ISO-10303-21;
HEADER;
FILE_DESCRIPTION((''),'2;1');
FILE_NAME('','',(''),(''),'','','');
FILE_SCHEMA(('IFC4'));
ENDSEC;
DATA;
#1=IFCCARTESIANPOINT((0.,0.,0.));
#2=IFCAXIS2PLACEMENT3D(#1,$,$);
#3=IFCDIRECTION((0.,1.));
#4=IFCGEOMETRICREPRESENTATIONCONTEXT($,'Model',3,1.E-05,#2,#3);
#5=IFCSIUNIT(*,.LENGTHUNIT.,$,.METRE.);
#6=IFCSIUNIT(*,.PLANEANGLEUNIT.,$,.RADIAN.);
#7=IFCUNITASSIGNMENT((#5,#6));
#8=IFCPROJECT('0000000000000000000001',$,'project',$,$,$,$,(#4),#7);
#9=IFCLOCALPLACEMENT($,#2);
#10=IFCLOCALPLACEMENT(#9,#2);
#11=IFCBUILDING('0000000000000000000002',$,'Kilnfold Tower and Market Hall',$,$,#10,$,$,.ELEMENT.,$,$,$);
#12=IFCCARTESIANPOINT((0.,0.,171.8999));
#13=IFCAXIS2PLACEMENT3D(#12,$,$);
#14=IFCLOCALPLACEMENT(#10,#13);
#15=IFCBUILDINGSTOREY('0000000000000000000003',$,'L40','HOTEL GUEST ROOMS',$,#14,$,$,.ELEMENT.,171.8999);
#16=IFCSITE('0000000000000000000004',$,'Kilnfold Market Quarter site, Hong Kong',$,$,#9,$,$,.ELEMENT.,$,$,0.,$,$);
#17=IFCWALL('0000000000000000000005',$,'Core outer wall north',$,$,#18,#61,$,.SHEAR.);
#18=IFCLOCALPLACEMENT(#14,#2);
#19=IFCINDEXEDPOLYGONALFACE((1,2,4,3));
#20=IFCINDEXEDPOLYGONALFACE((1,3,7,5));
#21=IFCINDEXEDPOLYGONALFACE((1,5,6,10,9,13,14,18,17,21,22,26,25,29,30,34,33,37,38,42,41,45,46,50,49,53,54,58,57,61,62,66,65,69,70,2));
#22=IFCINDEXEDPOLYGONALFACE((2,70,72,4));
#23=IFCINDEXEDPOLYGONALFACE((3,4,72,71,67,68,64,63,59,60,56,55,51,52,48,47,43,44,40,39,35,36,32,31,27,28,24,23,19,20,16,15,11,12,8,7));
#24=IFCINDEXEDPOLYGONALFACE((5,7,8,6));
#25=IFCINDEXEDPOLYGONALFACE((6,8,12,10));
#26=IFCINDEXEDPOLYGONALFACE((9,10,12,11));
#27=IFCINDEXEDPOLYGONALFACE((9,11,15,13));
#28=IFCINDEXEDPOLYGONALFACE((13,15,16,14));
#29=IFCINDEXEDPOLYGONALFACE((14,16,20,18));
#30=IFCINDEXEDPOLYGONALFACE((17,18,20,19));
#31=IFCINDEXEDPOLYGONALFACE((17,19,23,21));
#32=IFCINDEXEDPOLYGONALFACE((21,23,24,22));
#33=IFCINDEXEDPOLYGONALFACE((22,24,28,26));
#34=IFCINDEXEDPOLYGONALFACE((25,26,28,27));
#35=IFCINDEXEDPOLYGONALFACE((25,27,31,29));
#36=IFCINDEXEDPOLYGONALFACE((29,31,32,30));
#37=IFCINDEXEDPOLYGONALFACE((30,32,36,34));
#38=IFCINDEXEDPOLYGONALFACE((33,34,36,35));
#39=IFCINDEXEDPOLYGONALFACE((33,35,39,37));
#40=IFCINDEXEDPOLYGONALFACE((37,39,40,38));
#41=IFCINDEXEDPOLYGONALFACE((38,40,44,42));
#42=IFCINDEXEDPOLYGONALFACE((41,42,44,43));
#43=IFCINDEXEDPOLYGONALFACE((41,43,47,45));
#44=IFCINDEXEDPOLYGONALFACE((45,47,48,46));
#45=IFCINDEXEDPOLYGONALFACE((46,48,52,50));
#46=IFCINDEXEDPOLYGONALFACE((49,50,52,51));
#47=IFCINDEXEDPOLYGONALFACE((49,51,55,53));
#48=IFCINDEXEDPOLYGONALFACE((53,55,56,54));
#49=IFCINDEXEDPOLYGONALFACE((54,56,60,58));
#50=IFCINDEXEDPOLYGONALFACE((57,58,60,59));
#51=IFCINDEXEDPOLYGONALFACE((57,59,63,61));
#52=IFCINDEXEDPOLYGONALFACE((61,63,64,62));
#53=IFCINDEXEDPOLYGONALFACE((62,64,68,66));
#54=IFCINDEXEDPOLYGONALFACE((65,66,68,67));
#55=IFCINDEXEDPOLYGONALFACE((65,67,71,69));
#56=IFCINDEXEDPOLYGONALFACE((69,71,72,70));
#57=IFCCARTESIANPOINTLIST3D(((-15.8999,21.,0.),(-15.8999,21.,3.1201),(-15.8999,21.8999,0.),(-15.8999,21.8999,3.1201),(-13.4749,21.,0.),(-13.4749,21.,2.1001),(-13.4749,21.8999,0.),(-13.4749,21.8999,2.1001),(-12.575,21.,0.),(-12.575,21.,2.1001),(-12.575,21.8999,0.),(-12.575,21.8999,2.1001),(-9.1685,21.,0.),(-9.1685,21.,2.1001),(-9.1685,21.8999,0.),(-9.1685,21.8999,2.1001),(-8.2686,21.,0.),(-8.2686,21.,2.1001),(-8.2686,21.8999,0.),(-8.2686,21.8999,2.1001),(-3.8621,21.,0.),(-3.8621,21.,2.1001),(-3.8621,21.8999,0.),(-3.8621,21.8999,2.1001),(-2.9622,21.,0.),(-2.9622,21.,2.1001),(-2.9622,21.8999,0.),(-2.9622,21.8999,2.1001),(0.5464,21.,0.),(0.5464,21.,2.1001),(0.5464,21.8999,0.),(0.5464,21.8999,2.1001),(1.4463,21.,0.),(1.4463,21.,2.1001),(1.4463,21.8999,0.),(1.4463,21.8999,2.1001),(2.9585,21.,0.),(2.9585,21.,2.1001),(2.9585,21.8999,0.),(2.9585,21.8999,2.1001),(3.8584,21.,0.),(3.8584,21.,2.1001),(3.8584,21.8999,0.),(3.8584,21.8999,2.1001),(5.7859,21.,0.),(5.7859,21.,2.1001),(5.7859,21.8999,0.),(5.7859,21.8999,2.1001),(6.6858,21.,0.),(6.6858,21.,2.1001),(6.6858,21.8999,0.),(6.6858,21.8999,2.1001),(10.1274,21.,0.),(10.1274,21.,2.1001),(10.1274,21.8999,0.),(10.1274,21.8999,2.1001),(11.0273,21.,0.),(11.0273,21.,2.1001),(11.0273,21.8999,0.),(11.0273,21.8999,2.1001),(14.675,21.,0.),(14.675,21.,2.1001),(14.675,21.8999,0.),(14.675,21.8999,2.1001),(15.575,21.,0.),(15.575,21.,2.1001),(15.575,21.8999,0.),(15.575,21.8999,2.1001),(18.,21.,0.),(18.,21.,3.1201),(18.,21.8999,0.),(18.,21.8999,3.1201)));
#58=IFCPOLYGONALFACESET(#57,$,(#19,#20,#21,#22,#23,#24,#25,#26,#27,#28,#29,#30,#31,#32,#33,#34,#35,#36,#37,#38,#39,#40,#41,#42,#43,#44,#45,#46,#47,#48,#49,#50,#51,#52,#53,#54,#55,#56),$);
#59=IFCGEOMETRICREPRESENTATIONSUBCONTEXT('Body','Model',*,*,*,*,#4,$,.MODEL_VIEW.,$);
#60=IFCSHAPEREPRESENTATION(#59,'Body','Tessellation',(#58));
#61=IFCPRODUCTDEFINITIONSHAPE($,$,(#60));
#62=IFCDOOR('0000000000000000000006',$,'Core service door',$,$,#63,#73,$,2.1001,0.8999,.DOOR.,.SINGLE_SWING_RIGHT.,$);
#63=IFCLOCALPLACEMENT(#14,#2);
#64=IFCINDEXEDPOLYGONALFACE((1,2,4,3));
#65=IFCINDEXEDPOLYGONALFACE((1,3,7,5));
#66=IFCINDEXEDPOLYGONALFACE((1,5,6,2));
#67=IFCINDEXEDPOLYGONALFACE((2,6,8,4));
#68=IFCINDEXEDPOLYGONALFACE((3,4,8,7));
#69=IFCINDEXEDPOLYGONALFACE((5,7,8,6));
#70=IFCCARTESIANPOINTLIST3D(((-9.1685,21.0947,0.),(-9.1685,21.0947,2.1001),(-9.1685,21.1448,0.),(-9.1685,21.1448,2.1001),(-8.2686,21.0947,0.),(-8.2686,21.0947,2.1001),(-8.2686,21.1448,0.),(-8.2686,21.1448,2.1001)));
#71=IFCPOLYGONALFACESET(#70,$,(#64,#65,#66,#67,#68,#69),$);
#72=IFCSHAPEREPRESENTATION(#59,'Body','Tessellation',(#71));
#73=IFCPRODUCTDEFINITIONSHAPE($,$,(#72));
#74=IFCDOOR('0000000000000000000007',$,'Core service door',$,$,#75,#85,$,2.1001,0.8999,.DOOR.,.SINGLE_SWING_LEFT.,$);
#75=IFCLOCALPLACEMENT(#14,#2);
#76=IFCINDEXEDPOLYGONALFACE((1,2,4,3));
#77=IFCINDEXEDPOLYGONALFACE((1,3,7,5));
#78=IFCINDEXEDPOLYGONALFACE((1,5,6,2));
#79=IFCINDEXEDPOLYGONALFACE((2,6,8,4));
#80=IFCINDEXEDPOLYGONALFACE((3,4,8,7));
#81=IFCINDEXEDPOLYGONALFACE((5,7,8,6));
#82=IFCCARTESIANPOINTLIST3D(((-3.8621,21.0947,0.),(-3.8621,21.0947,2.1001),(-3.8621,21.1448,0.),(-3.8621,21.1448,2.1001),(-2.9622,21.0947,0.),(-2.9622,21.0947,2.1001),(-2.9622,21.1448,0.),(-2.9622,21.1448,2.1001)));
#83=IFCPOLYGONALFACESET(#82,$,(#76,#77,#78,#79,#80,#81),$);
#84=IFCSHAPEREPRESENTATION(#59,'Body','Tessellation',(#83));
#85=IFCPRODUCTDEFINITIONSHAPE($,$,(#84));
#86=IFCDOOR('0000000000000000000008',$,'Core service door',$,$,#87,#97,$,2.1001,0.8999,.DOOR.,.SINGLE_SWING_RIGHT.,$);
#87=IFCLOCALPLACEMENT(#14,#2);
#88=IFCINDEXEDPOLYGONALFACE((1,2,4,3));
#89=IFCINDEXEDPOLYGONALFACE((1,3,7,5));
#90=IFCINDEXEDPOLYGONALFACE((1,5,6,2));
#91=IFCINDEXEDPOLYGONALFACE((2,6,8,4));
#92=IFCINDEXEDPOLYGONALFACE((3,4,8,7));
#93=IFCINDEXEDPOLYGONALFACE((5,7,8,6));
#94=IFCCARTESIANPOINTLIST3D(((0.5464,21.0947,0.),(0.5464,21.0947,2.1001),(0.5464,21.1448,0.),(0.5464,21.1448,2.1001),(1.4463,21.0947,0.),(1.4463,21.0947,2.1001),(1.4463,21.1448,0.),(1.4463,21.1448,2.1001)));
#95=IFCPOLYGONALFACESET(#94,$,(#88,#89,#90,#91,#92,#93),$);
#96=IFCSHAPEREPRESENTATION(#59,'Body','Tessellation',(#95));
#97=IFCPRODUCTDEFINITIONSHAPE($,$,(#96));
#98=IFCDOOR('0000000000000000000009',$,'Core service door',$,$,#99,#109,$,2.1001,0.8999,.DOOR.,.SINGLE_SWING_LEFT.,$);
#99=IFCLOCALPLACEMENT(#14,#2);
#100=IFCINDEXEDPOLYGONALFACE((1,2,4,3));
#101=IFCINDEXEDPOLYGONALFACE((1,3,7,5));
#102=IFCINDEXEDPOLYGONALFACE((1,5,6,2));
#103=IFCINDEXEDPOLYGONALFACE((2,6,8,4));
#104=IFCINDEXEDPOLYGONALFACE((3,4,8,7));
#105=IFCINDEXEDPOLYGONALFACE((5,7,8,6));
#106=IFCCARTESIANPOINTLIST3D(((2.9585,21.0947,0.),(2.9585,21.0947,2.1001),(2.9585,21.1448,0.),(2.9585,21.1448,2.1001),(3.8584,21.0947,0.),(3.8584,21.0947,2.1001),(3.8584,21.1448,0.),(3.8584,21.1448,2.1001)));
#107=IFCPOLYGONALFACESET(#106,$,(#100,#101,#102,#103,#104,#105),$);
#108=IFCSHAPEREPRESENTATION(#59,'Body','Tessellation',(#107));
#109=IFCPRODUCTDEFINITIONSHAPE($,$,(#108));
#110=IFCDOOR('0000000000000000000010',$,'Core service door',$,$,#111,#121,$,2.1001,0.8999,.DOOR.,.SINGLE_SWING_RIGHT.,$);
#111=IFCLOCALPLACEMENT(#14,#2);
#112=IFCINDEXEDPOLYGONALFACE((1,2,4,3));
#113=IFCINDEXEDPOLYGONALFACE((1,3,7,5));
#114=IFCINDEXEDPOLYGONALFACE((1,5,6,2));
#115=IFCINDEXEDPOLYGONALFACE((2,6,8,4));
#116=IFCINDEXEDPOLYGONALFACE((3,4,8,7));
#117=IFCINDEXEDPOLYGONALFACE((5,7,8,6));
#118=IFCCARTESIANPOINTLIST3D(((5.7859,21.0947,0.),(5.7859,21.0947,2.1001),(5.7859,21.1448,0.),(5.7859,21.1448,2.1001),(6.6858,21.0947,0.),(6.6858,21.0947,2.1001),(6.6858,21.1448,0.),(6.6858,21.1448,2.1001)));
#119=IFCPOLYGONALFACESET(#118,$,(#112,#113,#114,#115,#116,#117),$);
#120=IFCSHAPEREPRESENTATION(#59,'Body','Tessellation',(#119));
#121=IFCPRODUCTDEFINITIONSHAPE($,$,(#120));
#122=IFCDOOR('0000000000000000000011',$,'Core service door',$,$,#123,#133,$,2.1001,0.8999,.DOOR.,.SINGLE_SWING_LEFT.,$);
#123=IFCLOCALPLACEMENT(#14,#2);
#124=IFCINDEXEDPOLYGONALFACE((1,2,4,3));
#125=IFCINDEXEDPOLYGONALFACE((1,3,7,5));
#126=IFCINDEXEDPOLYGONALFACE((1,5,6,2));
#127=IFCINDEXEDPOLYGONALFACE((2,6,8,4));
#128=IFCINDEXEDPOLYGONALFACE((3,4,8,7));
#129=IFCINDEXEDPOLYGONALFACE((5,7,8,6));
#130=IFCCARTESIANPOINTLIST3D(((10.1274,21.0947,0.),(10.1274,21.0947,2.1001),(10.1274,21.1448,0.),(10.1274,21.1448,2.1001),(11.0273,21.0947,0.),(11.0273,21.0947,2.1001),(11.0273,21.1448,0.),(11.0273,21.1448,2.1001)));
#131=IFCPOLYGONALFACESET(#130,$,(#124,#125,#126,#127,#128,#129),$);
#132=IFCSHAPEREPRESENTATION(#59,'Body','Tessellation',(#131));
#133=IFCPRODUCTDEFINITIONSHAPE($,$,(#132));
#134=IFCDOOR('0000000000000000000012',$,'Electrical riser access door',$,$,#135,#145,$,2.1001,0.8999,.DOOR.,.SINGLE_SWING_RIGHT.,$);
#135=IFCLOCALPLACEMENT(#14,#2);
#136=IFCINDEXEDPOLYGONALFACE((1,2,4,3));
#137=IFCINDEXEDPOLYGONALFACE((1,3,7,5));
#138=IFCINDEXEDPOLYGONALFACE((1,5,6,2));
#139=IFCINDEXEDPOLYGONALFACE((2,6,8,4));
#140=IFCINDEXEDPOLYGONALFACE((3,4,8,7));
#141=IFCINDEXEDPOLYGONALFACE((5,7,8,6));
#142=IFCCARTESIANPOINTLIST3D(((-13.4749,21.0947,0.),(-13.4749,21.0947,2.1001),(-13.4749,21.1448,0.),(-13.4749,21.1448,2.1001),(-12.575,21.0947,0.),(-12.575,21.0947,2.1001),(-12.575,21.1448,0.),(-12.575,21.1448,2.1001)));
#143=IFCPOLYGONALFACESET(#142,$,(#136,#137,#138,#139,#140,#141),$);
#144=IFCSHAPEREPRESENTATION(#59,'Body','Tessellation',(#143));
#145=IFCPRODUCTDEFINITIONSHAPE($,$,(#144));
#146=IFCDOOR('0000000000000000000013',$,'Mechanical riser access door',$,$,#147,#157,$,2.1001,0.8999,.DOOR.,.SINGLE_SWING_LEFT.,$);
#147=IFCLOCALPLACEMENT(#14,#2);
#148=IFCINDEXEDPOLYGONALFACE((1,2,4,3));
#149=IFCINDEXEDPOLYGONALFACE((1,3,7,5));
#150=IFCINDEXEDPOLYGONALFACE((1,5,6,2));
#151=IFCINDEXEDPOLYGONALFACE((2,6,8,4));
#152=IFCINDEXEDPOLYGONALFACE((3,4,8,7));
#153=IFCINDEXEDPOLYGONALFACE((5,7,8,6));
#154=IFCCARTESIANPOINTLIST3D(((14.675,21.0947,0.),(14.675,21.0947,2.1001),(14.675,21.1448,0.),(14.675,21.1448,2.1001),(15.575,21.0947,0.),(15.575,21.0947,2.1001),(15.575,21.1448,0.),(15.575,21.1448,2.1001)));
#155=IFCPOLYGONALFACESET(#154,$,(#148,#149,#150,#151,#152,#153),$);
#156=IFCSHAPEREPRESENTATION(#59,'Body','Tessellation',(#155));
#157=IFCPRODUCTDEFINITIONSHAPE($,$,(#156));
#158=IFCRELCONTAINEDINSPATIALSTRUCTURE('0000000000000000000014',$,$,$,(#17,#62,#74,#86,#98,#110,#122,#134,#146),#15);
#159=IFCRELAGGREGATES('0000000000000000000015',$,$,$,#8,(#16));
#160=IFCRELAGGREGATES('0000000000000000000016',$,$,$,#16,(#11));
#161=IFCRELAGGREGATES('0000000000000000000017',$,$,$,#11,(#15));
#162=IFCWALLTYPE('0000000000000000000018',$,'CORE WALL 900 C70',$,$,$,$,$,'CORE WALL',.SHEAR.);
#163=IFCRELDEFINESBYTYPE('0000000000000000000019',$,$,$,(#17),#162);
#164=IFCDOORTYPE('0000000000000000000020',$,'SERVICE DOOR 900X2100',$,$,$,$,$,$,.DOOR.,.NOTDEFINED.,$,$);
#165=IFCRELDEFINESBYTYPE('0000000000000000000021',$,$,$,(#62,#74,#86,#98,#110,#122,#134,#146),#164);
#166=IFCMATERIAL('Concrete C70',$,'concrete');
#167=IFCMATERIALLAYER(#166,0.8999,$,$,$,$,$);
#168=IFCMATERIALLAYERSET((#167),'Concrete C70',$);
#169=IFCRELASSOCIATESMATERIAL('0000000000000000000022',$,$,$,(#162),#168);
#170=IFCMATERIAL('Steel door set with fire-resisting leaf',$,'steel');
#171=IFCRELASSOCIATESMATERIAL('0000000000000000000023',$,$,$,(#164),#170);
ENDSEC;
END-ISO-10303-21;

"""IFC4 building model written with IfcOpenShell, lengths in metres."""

from ifc_helpers import new_model, si_unit, direction, frame, frame_2d, origin, place, context, subcontext, project, spatial, rectangle, extrude, source, transform, mapped, material, layer, layer_set, type_object, element, fill, save


model = new_model("IFC4")

# Units and contexts
model_context = context("Model", 3, precision=1e-05, world=origin(), true_north=direction((0.0, 1.0)))
body_context = subcontext(model_context, "Body", "Model", "MODEL_VIEW")
ifc_project = project(units=[si_unit("LENGTHUNIT", "METRE"), si_unit("PLANEANGLEUNIT", "RADIAN")], contexts=[model_context])

# Site, building, storey
site_placement = place(None, origin())
site = spatial("IfcSite", under=ifc_project, at=site_placement, Name="Kilnfold Market Quarter site, Hong Kong", CompositionType="ELEMENT", RefElevation=0.0)
building_placement = place(site_placement, origin())
building = spatial("IfcBuilding", under=site, at=building_placement, Name="Kilnfold Tower and Market Hall", CompositionType="ELEMENT")
storey_placement = place(building_placement, frame((0.0, 0.0, 171.8999)))
storey = spatial("IfcBuildingStorey", under=building, at=storey_placement, Name="L40", Description="HOTEL GUEST ROOMS", CompositionType="ELEMENT", Elevation=171.8999)

# Wall, openings, doors
ifc_material_1 = material(Name="Concrete C70", Category="concrete")
ifc_layer_1 = layer(ifc_material_1, 0.8999)
ifc_layer_set_1 = layer_set([ifc_layer_1], Name="Concrete C70")
wall_type_1 = type_object("IfcWallType", Name="CORE WALL 900 C70", ElementType="CORE WALL", PredefinedType="SHEAR", material=ifc_layer_set_1)
shared_shape_1 = source(origin(), body_context, "Body", "SweptSolid", [
    extrude(rectangle(XDim=33.8999, YDim=0.8999, at=frame_2d((16.95, 0.0))), origin(), (0.0, 0.0, 1.0), 3.1201),
])
wall_1_placement = place(storey_placement, frame((-15.8999, 21.45, 0.0), z_axis=(0.0, 0.0, 1.0), x_axis=(1.0, 0.0, 0.0)))
wall_1 = element("IfcWall", 1, at=wall_1_placement, inside=storey, type_object=wall_type_1, Name="Core outer wall north", PredefinedType="SHEAR", context=body_context, shape_type="MappedRepresentation", body=[
    mapped(shared_shape_1, transform((0.0, 0.0, 0.0))),
])
opening_1_placement = place(wall_1_placement, frame((6.7314, 0.0, 0.0)))
opening_1 = element("IfcOpeningElement", 2, at=opening_1_placement, cuts=wall_1, PredefinedType="OPENING", context=body_context, shape_type="SweptSolid", body=[
    extrude(rectangle(XDim=0.8999, YDim=2.1001, at=frame_2d((0.45, 1.05))), frame((0.0, 0.46, 0.0), z_axis=(0.0, -1.0, 0.0), x_axis=(1.0, 0.0, 0.0)), (0.0, 0.0, 1.0), 0.9199),
])
opening_2_placement = place(wall_1_placement, frame((12.0378, 0.0, 0.0)))
opening_2 = element("IfcOpeningElement", 3, at=opening_2_placement, cuts=wall_1, PredefinedType="OPENING", context=body_context, shape_type="SweptSolid", body=[
    extrude(rectangle(XDim=0.8999, YDim=2.1001, at=frame_2d((0.45, 1.05))), frame((0.0, 0.46, 0.0), z_axis=(0.0, -1.0, 0.0), x_axis=(1.0, 0.0, 0.0)), (0.0, 0.0, 1.0), 0.9199),
])
opening_3_placement = place(wall_1_placement, frame((16.4463, 0.0, 0.0)))
opening_3 = element("IfcOpeningElement", 4, at=opening_3_placement, cuts=wall_1, PredefinedType="OPENING", context=body_context, shape_type="SweptSolid", body=[
    extrude(rectangle(XDim=0.8999, YDim=2.1001, at=frame_2d((0.45, 1.05))), frame((0.0, 0.46, 0.0), z_axis=(0.0, -1.0, 0.0), x_axis=(1.0, 0.0, 0.0)), (0.0, 0.0, 1.0), 0.9199),
])
opening_4_placement = place(wall_1_placement, frame((18.8584, 0.0, 0.0)))
opening_4 = element("IfcOpeningElement", 5, at=opening_4_placement, cuts=wall_1, PredefinedType="OPENING", context=body_context, shape_type="SweptSolid", body=[
    extrude(rectangle(XDim=0.8999, YDim=2.1001, at=frame_2d((0.45, 1.05))), frame((0.0, 0.46, 0.0), z_axis=(0.0, -1.0, 0.0), x_axis=(1.0, 0.0, 0.0)), (0.0, 0.0, 1.0), 0.9199),
])
opening_5_placement = place(wall_1_placement, frame((21.6858, 0.0, 0.0)))
opening_5 = element("IfcOpeningElement", 6, at=opening_5_placement, cuts=wall_1, PredefinedType="OPENING", context=body_context, shape_type="SweptSolid", body=[
    extrude(rectangle(XDim=0.8999, YDim=2.1001, at=frame_2d((0.45, 1.05))), frame((0.0, 0.46, 0.0), z_axis=(0.0, -1.0, 0.0), x_axis=(1.0, 0.0, 0.0)), (0.0, 0.0, 1.0), 0.9199),
])
opening_6_placement = place(wall_1_placement, frame((26.0273, 0.0, 0.0)))
opening_6 = element("IfcOpeningElement", 7, at=opening_6_placement, cuts=wall_1, PredefinedType="OPENING", context=body_context, shape_type="SweptSolid", body=[
    extrude(rectangle(XDim=0.8999, YDim=2.1001, at=frame_2d((0.45, 1.05))), frame((0.0, 0.46, 0.0), z_axis=(0.0, -1.0, 0.0), x_axis=(1.0, 0.0, 0.0)), (0.0, 0.0, 1.0), 0.9199),
])
opening_7_placement = place(wall_1_placement, frame((2.425, 0.0, 0.0)))
opening_7 = element("IfcOpeningElement", 8, at=opening_7_placement, cuts=wall_1, PredefinedType="OPENING", context=body_context, shape_type="SweptSolid", body=[
    extrude(rectangle(XDim=0.8999, YDim=2.1001, at=frame_2d((0.45, 1.05))), frame((0.0, 0.46, 0.0), z_axis=(0.0, -1.0, 0.0), x_axis=(1.0, 0.0, 0.0)), (0.0, 0.0, 1.0), 0.9199),
])
opening_8_placement = place(wall_1_placement, frame((30.575, 0.0, 0.0)))
opening_8 = element("IfcOpeningElement", 9, at=opening_8_placement, cuts=wall_1, PredefinedType="OPENING", context=body_context, shape_type="SweptSolid", body=[
    extrude(rectangle(XDim=0.8999, YDim=2.1001, at=frame_2d((0.45, 1.05))), frame((0.0, 0.46, 0.0), z_axis=(0.0, -1.0, 0.0), x_axis=(1.0, 0.0, 0.0)), (0.0, 0.0, 1.0), 0.9199),
])
ifc_material_2 = material(Name="Steel door set with fire-resisting leaf", Category="steel")
door_type = type_object("IfcDoorType", Name="SERVICE DOOR 900X2100", OperationType="NOTDEFINED", PredefinedType="DOOR", material=ifc_material_2)
door_1_placement = place(opening_1_placement, origin())
door_1 = element("IfcDoor", 10, at=door_1_placement, inside=storey, type_object=door_type, Name="Core service door", OperationType="SINGLE_SWING_RIGHT", OverallHeight=2.1001, OverallWidth=0.8999, PredefinedType="DOOR", context=body_context, shape_type="SweptSolid", body=[
    extrude(rectangle(XDim=0.8999, YDim=2.1001, at=frame_2d((0.45, 1.05))), frame((0.0, -0.3052, 0.0), z_axis=(0.0, -1.0, 0.0), x_axis=(1.0, 0.0, 0.0)), (0.0, 0.0, 1.0), 0.05),
])
fill(opening_1, door_1)
door_2_placement = place(opening_2_placement, origin())
door_2 = element("IfcDoor", 11, at=door_2_placement, inside=storey, type_object=door_type, Name="Core service door", OperationType="SINGLE_SWING_LEFT", OverallHeight=2.1001, OverallWidth=0.8999, PredefinedType="DOOR", context=body_context, shape_type="SweptSolid", body=[
    extrude(rectangle(XDim=0.8999, YDim=2.1001, at=frame_2d((0.45, 1.05))), frame((0.0, -0.3052, 0.0), z_axis=(0.0, -1.0, 0.0), x_axis=(1.0, 0.0, 0.0)), (0.0, 0.0, 1.0), 0.05),
])
fill(opening_2, door_2)
door_3_placement = place(opening_3_placement, origin())
door_3 = element("IfcDoor", 12, at=door_3_placement, inside=storey, type_object=door_type, Name="Core service door", OperationType="SINGLE_SWING_RIGHT", OverallHeight=2.1001, OverallWidth=0.8999, PredefinedType="DOOR", context=body_context, shape_type="SweptSolid", body=[
    extrude(rectangle(XDim=0.8999, YDim=2.1001, at=frame_2d((0.45, 1.05))), frame((0.0, -0.3052, 0.0), z_axis=(0.0, -1.0, 0.0), x_axis=(1.0, 0.0, 0.0)), (0.0, 0.0, 1.0), 0.05),
])
fill(opening_3, door_3)
door_4_placement = place(opening_4_placement, origin())
door_4 = element("IfcDoor", 13, at=door_4_placement, inside=storey, type_object=door_type, Name="Core service door", OperationType="SINGLE_SWING_LEFT", OverallHeight=2.1001, OverallWidth=0.8999, PredefinedType="DOOR", context=body_context, shape_type="SweptSolid", body=[
    extrude(rectangle(XDim=0.8999, YDim=2.1001, at=frame_2d((0.45, 1.05))), frame((0.0, -0.3052, 0.0), z_axis=(0.0, -1.0, 0.0), x_axis=(1.0, 0.0, 0.0)), (0.0, 0.0, 1.0), 0.05),
])
fill(opening_4, door_4)
door_5_placement = place(opening_5_placement, origin())
door_5 = element("IfcDoor", 14, at=door_5_placement, inside=storey, type_object=door_type, Name="Core service door", OperationType="SINGLE_SWING_RIGHT", OverallHeight=2.1001, OverallWidth=0.8999, PredefinedType="DOOR", context=body_context, shape_type="SweptSolid", body=[
    extrude(rectangle(XDim=0.8999, YDim=2.1001, at=frame_2d((0.45, 1.05))), frame((0.0, -0.3052, 0.0), z_axis=(0.0, -1.0, 0.0), x_axis=(1.0, 0.0, 0.0)), (0.0, 0.0, 1.0), 0.05),
])
fill(opening_5, door_5)
door_6_placement = place(opening_6_placement, origin())
door_6 = element("IfcDoor", 15, at=door_6_placement, inside=storey, type_object=door_type, Name="Core service door", OperationType="SINGLE_SWING_LEFT", OverallHeight=2.1001, OverallWidth=0.8999, PredefinedType="DOOR", context=body_context, shape_type="SweptSolid", body=[
    extrude(rectangle(XDim=0.8999, YDim=2.1001, at=frame_2d((0.45, 1.05))), frame((0.0, -0.3052, 0.0), z_axis=(0.0, -1.0, 0.0), x_axis=(1.0, 0.0, 0.0)), (0.0, 0.0, 1.0), 0.05),
])
fill(opening_6, door_6)
door_7_placement = place(opening_7_placement, origin())
door_7 = element("IfcDoor", 16, at=door_7_placement, inside=storey, type_object=door_type, Name="Electrical riser access door", OperationType="SINGLE_SWING_RIGHT", OverallHeight=2.1001, OverallWidth=0.8999, PredefinedType="DOOR", context=body_context, shape_type="SweptSolid", body=[
    extrude(rectangle(XDim=0.8999, YDim=2.1001, at=frame_2d((0.45, 1.05))), frame((0.0, -0.3052, 0.0), z_axis=(0.0, -1.0, 0.0), x_axis=(1.0, 0.0, 0.0)), (0.0, 0.0, 1.0), 0.05),
])
fill(opening_7, door_7)
door_8_placement = place(opening_8_placement, origin())
door_8 = element("IfcDoor", 17, at=door_8_placement, inside=storey, type_object=door_type, Name="Mechanical riser access door", OperationType="SINGLE_SWING_LEFT", OverallHeight=2.1001, OverallWidth=0.8999, PredefinedType="DOOR", context=body_context, shape_type="SweptSolid", body=[
    extrude(rectangle(XDim=0.8999, YDim=2.1001, at=frame_2d((0.45, 1.05))), frame((0.0, -0.3052, 0.0), z_axis=(0.0, -1.0, 0.0), x_axis=(1.0, 0.0, 0.0)), (0.0, 0.0, 1.0), 0.05),
])
fill(opening_8, door_8)

save(model, "model.ifc")
